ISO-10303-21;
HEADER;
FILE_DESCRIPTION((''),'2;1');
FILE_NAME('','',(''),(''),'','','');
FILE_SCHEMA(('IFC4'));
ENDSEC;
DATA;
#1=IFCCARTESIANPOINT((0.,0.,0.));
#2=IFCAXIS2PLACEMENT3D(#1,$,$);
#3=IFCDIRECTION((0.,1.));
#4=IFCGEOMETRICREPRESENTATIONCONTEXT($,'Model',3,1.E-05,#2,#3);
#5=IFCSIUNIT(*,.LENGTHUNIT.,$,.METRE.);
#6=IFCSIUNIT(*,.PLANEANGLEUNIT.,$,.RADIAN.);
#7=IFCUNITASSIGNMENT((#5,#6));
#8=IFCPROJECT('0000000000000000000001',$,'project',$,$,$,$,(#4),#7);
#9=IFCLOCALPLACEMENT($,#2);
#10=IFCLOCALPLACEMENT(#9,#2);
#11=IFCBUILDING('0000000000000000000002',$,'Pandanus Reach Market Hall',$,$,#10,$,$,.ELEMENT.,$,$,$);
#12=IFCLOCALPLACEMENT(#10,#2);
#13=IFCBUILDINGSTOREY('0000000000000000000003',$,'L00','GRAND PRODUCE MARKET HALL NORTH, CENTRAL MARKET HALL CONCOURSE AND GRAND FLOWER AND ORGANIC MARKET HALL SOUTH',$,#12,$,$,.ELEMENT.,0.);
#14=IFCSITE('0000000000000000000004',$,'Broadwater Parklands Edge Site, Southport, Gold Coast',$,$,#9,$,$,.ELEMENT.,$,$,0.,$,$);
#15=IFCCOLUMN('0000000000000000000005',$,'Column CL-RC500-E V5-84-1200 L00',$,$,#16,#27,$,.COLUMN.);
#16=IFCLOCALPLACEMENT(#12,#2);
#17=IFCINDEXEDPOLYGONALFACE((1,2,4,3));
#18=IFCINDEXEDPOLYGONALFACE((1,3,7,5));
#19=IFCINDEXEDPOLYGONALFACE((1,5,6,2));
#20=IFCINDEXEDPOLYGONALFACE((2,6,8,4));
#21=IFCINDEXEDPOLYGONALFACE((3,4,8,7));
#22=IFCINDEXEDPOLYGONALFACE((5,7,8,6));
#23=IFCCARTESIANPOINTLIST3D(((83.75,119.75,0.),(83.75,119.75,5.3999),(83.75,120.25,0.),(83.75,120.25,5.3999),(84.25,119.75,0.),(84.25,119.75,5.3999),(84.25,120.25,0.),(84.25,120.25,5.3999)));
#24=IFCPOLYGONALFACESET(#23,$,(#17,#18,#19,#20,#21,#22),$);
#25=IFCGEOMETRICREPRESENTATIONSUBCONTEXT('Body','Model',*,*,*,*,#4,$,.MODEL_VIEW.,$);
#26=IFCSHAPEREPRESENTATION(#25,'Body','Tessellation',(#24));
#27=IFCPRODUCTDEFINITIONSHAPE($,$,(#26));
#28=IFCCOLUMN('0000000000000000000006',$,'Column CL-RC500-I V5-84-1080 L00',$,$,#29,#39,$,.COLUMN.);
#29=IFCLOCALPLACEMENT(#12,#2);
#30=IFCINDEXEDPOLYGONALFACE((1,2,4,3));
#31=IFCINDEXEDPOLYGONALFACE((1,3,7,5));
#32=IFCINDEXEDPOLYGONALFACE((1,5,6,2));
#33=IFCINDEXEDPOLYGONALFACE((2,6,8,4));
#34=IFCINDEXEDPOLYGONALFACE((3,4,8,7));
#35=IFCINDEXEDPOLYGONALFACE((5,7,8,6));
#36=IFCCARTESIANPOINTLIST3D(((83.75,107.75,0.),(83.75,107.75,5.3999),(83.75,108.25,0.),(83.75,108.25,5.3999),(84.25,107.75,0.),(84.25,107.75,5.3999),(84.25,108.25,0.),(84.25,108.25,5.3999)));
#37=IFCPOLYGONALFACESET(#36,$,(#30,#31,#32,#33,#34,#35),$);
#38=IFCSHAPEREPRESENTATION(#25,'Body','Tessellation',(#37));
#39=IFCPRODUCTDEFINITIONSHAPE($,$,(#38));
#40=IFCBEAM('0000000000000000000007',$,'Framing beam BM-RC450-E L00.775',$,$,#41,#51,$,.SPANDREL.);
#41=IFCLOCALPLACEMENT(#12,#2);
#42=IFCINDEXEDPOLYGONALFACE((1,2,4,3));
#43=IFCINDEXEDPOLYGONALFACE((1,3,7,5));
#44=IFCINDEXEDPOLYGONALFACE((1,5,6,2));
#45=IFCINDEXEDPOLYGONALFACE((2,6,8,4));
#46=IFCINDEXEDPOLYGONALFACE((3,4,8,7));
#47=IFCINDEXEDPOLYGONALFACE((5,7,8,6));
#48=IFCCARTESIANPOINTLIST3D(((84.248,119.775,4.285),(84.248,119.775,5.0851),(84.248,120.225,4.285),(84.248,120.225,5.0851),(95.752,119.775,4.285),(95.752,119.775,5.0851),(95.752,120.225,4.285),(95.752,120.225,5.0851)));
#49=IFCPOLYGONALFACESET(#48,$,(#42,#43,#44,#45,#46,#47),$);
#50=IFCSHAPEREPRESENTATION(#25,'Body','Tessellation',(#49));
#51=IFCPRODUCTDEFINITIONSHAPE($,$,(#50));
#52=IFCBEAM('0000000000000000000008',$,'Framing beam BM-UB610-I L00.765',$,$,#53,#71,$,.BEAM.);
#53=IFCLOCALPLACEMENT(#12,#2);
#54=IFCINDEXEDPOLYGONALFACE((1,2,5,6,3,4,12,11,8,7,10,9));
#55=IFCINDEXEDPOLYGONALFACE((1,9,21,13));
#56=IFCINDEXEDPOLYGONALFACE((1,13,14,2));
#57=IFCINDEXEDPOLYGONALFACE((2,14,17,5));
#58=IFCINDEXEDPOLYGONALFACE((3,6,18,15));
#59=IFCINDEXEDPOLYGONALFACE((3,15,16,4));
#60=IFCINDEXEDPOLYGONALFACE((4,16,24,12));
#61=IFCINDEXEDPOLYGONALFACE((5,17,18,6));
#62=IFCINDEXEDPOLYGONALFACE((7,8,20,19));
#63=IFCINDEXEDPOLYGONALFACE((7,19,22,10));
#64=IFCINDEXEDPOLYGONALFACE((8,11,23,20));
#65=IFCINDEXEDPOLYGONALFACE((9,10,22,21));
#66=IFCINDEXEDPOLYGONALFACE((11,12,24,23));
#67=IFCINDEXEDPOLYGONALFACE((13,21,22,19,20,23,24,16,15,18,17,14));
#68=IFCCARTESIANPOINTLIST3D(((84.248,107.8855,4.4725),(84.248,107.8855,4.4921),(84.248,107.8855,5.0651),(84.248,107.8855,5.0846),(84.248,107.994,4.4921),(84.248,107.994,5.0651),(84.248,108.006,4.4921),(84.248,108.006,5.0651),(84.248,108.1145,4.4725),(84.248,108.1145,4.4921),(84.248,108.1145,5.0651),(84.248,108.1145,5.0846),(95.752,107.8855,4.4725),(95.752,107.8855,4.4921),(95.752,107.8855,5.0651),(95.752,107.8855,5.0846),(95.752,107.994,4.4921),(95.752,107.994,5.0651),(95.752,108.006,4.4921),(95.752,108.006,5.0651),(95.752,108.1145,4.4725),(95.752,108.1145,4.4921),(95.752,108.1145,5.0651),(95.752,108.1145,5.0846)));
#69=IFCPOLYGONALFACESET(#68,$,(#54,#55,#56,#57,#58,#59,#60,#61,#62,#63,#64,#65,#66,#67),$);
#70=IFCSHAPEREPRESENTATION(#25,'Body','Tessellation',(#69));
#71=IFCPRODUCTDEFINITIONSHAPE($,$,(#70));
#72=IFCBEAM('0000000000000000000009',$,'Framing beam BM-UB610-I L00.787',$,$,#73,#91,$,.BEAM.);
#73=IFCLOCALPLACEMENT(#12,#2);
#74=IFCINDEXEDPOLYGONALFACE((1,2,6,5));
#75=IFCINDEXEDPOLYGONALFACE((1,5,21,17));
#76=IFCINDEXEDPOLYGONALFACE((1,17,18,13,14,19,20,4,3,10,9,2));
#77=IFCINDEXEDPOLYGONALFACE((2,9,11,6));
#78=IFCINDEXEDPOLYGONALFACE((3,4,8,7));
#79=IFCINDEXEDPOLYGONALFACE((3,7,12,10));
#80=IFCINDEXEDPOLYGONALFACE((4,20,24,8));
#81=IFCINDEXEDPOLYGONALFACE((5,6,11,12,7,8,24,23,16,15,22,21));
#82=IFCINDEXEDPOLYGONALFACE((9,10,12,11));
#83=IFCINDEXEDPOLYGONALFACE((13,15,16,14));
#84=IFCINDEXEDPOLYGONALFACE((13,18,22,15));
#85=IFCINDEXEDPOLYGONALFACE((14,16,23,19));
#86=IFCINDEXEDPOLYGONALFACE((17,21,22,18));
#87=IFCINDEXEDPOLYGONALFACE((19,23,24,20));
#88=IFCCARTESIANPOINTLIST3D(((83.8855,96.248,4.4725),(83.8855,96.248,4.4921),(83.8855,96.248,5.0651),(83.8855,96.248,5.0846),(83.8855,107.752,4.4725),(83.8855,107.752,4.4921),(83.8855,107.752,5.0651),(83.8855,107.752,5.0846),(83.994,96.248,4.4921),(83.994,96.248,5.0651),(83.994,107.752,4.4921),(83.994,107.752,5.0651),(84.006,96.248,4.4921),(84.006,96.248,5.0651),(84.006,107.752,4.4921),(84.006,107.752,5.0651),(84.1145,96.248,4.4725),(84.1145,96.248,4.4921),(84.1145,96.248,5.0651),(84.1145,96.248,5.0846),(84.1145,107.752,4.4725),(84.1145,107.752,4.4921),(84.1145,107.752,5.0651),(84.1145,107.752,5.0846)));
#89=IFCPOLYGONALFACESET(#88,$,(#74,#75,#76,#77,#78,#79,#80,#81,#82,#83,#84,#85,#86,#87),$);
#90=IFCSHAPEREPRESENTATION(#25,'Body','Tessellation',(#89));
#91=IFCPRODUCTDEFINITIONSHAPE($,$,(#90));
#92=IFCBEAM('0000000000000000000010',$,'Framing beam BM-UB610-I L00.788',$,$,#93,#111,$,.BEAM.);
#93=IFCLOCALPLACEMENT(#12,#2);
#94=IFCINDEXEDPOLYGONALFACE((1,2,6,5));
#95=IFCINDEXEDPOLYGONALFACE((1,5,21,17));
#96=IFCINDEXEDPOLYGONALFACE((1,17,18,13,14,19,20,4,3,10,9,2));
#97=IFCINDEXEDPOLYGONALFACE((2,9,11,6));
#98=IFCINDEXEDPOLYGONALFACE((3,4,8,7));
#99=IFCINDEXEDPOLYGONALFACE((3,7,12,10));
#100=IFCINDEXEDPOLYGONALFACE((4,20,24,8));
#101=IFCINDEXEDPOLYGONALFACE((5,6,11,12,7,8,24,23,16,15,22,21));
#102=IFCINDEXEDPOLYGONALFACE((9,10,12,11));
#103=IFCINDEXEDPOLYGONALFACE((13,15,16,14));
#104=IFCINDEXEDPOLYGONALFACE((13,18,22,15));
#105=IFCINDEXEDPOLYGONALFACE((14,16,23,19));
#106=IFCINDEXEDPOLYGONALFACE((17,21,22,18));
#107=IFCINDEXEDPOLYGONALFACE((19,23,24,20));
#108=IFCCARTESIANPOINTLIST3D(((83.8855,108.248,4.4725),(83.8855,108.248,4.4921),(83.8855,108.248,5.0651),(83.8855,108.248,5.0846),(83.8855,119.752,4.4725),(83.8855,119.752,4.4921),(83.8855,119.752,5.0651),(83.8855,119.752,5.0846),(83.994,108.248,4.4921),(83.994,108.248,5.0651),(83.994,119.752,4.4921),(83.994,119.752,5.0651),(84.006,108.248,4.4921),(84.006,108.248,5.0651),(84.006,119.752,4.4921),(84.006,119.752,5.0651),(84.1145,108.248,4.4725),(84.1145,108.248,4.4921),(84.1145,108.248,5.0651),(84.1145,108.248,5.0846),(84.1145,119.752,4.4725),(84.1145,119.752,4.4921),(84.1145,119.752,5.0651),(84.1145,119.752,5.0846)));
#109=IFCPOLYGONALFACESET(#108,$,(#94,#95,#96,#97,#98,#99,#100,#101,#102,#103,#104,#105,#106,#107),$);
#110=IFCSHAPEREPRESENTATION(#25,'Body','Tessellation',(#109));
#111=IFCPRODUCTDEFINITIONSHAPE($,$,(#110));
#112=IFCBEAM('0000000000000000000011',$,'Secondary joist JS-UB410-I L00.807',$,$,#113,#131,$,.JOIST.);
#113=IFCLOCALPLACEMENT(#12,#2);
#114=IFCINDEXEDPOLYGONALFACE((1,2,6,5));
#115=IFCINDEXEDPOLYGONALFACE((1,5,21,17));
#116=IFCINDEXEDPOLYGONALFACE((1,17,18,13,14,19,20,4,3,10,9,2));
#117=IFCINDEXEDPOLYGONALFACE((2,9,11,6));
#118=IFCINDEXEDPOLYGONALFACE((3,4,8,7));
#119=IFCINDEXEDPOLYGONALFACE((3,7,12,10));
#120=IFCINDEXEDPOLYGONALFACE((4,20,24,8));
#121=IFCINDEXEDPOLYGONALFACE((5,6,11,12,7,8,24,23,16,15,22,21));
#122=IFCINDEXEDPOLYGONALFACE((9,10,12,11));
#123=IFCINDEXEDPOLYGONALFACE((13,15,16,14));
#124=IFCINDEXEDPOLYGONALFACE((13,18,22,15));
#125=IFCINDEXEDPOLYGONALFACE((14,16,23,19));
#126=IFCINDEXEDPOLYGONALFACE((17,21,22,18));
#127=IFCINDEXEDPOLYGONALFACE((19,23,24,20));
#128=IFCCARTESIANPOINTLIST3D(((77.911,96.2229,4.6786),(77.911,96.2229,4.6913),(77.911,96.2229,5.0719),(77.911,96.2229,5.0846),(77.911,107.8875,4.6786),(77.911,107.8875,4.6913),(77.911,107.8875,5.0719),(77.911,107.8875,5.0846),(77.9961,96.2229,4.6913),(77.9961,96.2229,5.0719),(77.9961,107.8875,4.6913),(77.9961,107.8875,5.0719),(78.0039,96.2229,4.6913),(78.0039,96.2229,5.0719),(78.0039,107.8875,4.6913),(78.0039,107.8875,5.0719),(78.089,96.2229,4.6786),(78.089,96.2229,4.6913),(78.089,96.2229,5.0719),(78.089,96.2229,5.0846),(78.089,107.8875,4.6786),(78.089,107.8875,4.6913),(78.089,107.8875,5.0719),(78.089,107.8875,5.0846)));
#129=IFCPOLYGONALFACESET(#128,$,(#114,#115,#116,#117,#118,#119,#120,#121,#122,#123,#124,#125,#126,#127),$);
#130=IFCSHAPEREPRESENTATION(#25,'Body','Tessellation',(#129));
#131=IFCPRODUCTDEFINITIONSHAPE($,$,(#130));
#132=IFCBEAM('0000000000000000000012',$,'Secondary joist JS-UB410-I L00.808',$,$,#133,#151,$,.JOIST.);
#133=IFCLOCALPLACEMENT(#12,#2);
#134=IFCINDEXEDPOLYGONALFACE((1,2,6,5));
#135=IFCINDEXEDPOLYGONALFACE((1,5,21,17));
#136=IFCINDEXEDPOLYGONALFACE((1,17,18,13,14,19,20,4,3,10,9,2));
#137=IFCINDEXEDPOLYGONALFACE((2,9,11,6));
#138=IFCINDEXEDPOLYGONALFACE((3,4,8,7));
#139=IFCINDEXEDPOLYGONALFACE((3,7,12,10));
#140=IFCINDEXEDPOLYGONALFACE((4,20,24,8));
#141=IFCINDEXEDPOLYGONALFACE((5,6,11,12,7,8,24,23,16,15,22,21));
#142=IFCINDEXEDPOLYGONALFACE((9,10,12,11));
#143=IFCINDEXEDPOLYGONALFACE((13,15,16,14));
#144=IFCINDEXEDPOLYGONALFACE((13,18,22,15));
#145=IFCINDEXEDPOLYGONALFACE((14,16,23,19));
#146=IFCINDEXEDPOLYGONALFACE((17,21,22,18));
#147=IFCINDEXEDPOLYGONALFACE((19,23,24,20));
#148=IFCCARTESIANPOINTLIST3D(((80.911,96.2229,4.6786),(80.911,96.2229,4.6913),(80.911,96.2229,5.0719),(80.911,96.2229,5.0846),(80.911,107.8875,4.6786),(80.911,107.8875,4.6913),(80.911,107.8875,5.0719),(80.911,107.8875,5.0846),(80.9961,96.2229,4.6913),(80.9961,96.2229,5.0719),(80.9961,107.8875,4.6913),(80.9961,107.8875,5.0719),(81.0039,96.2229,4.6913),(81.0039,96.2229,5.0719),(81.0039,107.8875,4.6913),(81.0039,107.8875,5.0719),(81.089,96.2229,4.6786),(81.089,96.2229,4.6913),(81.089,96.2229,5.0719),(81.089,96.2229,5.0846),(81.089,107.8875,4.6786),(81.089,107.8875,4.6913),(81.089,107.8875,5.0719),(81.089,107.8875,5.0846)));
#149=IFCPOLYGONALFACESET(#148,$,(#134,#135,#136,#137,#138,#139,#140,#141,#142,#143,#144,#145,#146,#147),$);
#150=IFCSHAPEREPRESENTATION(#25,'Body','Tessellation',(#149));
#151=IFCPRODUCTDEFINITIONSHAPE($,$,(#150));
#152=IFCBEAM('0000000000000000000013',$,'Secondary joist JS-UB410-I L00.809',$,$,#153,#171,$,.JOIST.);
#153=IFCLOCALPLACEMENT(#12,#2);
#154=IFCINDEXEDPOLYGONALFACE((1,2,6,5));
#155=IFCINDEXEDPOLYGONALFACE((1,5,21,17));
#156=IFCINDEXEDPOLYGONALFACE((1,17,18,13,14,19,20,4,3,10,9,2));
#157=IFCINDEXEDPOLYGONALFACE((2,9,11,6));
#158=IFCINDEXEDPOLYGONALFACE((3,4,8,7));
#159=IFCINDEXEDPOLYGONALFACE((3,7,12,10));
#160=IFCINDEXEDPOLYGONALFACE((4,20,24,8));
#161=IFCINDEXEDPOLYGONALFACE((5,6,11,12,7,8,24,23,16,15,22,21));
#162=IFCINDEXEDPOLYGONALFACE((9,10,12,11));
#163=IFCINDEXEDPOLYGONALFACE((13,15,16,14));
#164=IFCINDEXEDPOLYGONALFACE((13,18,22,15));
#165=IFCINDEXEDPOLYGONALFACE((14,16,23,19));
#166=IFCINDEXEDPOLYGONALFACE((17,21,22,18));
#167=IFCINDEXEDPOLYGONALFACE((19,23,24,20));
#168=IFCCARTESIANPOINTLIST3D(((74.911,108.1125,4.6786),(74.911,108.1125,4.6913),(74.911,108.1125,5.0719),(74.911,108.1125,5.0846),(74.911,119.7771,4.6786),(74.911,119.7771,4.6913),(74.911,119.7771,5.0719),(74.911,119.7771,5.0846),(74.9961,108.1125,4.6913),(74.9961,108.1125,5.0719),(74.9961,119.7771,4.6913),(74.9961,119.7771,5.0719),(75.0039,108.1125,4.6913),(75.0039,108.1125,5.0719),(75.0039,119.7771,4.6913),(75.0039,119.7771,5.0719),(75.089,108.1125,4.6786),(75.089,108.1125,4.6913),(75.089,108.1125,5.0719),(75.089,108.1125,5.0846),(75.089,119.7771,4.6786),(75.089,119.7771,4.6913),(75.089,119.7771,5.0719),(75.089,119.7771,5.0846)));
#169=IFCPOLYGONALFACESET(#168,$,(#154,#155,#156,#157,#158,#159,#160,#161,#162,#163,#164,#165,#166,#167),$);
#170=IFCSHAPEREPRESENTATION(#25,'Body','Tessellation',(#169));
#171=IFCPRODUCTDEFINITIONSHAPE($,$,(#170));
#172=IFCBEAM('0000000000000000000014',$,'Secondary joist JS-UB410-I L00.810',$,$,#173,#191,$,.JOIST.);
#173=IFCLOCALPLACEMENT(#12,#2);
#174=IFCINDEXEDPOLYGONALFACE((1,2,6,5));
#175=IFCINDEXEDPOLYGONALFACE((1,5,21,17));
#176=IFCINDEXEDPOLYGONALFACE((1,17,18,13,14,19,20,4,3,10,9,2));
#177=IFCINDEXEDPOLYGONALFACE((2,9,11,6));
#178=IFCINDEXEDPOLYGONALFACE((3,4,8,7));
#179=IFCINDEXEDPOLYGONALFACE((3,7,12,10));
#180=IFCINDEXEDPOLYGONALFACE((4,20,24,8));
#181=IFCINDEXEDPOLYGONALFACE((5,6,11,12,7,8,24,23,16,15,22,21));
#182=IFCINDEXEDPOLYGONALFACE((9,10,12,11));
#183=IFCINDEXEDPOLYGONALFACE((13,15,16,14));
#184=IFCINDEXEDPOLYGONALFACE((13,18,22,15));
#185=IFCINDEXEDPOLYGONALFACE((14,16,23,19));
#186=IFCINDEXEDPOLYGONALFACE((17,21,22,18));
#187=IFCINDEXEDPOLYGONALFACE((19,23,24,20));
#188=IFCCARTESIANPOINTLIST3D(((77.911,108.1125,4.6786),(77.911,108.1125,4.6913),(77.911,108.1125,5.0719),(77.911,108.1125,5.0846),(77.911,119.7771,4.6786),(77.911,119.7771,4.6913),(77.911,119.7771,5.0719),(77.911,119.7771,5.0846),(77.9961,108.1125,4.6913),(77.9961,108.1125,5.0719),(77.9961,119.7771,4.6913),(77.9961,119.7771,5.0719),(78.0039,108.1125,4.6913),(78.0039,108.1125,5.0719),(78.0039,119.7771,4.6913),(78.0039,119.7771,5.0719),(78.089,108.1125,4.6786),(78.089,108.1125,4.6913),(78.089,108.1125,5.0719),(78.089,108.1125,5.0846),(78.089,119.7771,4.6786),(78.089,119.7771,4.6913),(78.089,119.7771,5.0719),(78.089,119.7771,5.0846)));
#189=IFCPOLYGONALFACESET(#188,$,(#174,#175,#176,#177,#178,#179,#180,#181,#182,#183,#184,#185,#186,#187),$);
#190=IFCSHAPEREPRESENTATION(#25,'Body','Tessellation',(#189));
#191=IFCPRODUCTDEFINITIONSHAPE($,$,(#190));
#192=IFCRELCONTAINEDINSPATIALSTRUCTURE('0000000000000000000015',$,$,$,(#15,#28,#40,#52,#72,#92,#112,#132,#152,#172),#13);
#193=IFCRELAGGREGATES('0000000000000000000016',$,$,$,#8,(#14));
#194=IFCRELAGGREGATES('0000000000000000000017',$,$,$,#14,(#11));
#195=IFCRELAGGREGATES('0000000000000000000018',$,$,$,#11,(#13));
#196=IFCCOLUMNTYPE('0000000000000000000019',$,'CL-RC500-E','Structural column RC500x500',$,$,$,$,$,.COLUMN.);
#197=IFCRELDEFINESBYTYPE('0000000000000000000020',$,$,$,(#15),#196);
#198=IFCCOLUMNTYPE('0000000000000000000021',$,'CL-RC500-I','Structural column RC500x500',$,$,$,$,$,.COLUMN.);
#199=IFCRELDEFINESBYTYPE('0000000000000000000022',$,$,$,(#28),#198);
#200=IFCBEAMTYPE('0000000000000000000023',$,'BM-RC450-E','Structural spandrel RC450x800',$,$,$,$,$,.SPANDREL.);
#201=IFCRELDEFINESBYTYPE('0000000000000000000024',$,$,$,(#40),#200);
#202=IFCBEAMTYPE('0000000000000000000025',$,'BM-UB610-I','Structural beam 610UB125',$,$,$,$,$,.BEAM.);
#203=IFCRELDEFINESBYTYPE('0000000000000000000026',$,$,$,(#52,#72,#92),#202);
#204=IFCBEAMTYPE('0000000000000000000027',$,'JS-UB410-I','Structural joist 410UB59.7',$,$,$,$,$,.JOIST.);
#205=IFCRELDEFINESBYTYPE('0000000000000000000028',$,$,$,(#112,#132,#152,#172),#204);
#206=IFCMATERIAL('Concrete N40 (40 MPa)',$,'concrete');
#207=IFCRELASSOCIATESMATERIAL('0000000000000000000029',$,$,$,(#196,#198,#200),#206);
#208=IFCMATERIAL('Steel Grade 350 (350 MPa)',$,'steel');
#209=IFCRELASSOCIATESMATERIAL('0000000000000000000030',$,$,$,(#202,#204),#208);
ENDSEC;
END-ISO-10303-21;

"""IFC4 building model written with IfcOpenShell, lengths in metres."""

from ifc_helpers import new_model, si_unit, direction, frame, origin, origin_2d, place, context, subcontext, project, spatial, rectangle, i_section, extrude, material, material_profile, profile_set, type_object, element, save


model = new_model("IFC4")

# Units and contexts
model_context = context("Model", 3, precision=1e-05, world=origin(), true_north=direction((0.0, 1.0)))
body_context = subcontext(model_context, "Body", "Model", "MODEL_VIEW")
ifc_project = project(units=[si_unit("LENGTHUNIT", "METRE"), si_unit("PLANEANGLEUNIT", "RADIAN")], contexts=[model_context])

# Site, building, storey
site_placement = place(None, origin())
site = spatial("IfcSite", under=ifc_project, at=site_placement, Name="Broadwater Parklands Edge Site, Southport, Gold Coast", CompositionType="ELEMENT", RefElevation=0.0)
building_placement = place(site_placement, origin())
building = spatial("IfcBuilding", under=site, at=building_placement, Name="Pandanus Reach Market Hall", CompositionType="ELEMENT")
storey_placement = place(building_placement, origin())
storey = spatial("IfcBuildingStorey", under=building, at=storey_placement, Name="L00", Description="GRAND PRODUCE MARKET HALL NORTH, CENTRAL MARKET HALL CONCOURSE AND GRAND FLOWER AND ORGANIC MARKET HALL SOUTH", CompositionType="ELEMENT", Elevation=0.0)

# Columns
ifc_material_1 = material(Name="Concrete N40 (40 MPa)", Category="concrete")
ifc_material_profile_1 = material_profile(ifc_material_1, rectangle(XDim=0.5, YDim=0.5, at=origin_2d()), Name="RC500x500", Category="LoadBearing")
ifc_profile_set_1 = profile_set([ifc_material_profile_1], Name="Concrete N40 (40 MPa)")
column_type_1 = type_object("IfcColumnType", Name="CL-RC500-E", Description="Structural column RC500x500", PredefinedType="COLUMN", material=ifc_profile_set_1)
column_1_placement = place(storey_placement, frame((84.0, 120.0, 0.0), z_axis=(0.0, 0.0, 1.0), x_axis=(1.0, 0.0, 0.0)))
element("IfcColumn", 1, at=column_1_placement, inside=storey, type_object=column_type_1, Name="Column CL-RC500-E V5-84-1200 L00", PredefinedType="COLUMN", context=body_context, shape_type="SweptSolid", body=[
    extrude(rectangle(XDim=0.5, YDim=0.5, at=origin_2d()), origin(), (0.0, 0.0, 1.0), 5.3999),
])
ifc_material_profile_2 = material_profile(ifc_material_1, rectangle(XDim=0.5, YDim=0.5, at=origin_2d()), Name="RC500x500", Category="LoadBearing")
ifc_profile_set_2 = profile_set([ifc_material_profile_2], Name="Concrete N40 (40 MPa)")
column_type_2 = type_object("IfcColumnType", Name="CL-RC500-I", Description="Structural column RC500x500", PredefinedType="COLUMN", material=ifc_profile_set_2)
column_2_placement = place(storey_placement, frame((84.0, 108.0, 0.0), z_axis=(0.0, 0.0, 1.0), x_axis=(1.0, 0.0, 0.0)))
element("IfcColumn", 2, at=column_2_placement, inside=storey, type_object=column_type_2, Name="Column CL-RC500-I V5-84-1080 L00", PredefinedType="COLUMN", context=body_context, shape_type="SweptSolid", body=[
    extrude(rectangle(XDim=0.5, YDim=0.5, at=origin_2d()), origin(), (0.0, 0.0, 1.0), 5.3999),
])

# Beams
ifc_material_profile_3 = material_profile(ifc_material_1, rectangle(XDim=0.45, YDim=0.8, at=origin_2d()), Name="RC450x800", Category="LoadBearing")
ifc_profile_set_3 = profile_set([ifc_material_profile_3], Name="Concrete N40 (40 MPa)")
beam_type_1 = type_object("IfcBeamType", Name="BM-RC450-E", Description="Structural spandrel RC450x800", PredefinedType="SPANDREL", material=ifc_profile_set_3)
beam_placement = place(storey_placement, frame((84.248, 120.0, 4.6851), z_axis=(1.0, 0.0, 0.0), x_axis=(0.0, 1.0, 0.0)))
element("IfcBeam", 3, at=beam_placement, inside=storey, type_object=beam_type_1, Name="Framing beam BM-RC450-E L00.775", PredefinedType="SPANDREL", context=body_context, shape_type="SweptSolid", body=[
    extrude(rectangle(XDim=0.45, YDim=0.8, at=origin_2d()), origin(), (0.0, 0.0, 1.0), 11.5039),
])
ifc_material_2 = material(Name="Steel Grade 350 (350 MPa)", Category="steel")
ifc_material_profile_4 = material_profile(ifc_material_2, i_section(OverallWidth=0.229, OverallDepth=0.6121, WebThickness=0.012, FlangeThickness=0.0195, at=origin_2d()), Name="610UB125", Category="LoadBearing")
ifc_profile_set_4 = profile_set([ifc_material_profile_4], Name="Steel Grade 350 (350 MPa)")
beam_type_2 = type_object("IfcBeamType", Name="BM-UB610-I", Description="Structural beam 610UB125", PredefinedType="BEAM", material=ifc_profile_set_4)
for number, where, z_axis, x_axis, name in (
    (4, (84.248, 108.0, 4.7786), (1.0, 0.0, 0.0), (0.0, 1.0, 0.0), "Framing beam BM-UB610-I L00.765"),
    (5, (84.0, 96.248, 4.7786), (0.0, 1.0, 0.0), (-1.0, 0.0, 0.0), "Framing beam BM-UB610-I L00.787"),
    (6, (84.0, 108.248, 4.7786), (0.0, 1.0, 0.0), (-1.0, 0.0, 0.0), "Framing beam BM-UB610-I L00.788"),
):
    element("IfcBeam", number, at=place(storey_placement, frame(where, z_axis=z_axis, x_axis=x_axis)), inside=storey, type_object=beam_type_2, Name=name, PredefinedType="BEAM", context=body_context, shape_type="SweptSolid", body=[
        extrude(i_section(OverallWidth=0.229, OverallDepth=0.6121, WebThickness=0.012, FlangeThickness=0.0195, at=origin_2d()), origin(), (0.0, 0.0, 1.0), 11.5039),
    ])
ifc_material_profile_5 = material_profile(ifc_material_2, i_section(OverallWidth=0.178, OverallDepth=0.406, WebThickness=0.0078, FlangeThickness=0.0127, at=origin_2d()), Name="410UB59.7", Category="LoadBearing")
ifc_profile_set_5 = profile_set([ifc_material_profile_5], Name="Steel Grade 350 (350 MPa)")
beam_type_3 = type_object("IfcBeamType", Name="JS-UB410-I", Description="Structural joist 410UB59.7", PredefinedType="JOIST", material=ifc_profile_set_5)
for number, where, z_axis, x_axis, name in (
    (7, (78.0, 96.2229, 4.8816), (0.0, 1.0, 0.0), (-1.0, 0.0, 0.0), "Secondary joist JS-UB410-I L00.807"),
    (8, (81.0, 96.2229, 4.8816), (0.0, 1.0, 0.0), (-1.0, 0.0, 0.0), "Secondary joist JS-UB410-I L00.808"),
    (9, (75.0, 108.1125, 4.8816), (0.0, 1.0, 0.0), (-1.0, 0.0, 0.0), "Secondary joist JS-UB410-I L00.809"),
    (10, (78.0, 108.1125, 4.8816), (0.0, 1.0, 0.0), (-1.0, 0.0, 0.0), "Secondary joist JS-UB410-I L00.810"),
):
    element("IfcBeam", number, at=place(storey_placement, frame(where, z_axis=z_axis, x_axis=x_axis)), inside=storey, type_object=beam_type_3, Name=name, PredefinedType="JOIST", context=body_context, shape_type="SweptSolid", body=[
        extrude(i_section(OverallWidth=0.178, OverallDepth=0.406, WebThickness=0.0078, FlangeThickness=0.0127, at=origin_2d()), origin(), (0.0, 0.0, 1.0), 11.6646),
    ])

save(model, "model.ifc")
